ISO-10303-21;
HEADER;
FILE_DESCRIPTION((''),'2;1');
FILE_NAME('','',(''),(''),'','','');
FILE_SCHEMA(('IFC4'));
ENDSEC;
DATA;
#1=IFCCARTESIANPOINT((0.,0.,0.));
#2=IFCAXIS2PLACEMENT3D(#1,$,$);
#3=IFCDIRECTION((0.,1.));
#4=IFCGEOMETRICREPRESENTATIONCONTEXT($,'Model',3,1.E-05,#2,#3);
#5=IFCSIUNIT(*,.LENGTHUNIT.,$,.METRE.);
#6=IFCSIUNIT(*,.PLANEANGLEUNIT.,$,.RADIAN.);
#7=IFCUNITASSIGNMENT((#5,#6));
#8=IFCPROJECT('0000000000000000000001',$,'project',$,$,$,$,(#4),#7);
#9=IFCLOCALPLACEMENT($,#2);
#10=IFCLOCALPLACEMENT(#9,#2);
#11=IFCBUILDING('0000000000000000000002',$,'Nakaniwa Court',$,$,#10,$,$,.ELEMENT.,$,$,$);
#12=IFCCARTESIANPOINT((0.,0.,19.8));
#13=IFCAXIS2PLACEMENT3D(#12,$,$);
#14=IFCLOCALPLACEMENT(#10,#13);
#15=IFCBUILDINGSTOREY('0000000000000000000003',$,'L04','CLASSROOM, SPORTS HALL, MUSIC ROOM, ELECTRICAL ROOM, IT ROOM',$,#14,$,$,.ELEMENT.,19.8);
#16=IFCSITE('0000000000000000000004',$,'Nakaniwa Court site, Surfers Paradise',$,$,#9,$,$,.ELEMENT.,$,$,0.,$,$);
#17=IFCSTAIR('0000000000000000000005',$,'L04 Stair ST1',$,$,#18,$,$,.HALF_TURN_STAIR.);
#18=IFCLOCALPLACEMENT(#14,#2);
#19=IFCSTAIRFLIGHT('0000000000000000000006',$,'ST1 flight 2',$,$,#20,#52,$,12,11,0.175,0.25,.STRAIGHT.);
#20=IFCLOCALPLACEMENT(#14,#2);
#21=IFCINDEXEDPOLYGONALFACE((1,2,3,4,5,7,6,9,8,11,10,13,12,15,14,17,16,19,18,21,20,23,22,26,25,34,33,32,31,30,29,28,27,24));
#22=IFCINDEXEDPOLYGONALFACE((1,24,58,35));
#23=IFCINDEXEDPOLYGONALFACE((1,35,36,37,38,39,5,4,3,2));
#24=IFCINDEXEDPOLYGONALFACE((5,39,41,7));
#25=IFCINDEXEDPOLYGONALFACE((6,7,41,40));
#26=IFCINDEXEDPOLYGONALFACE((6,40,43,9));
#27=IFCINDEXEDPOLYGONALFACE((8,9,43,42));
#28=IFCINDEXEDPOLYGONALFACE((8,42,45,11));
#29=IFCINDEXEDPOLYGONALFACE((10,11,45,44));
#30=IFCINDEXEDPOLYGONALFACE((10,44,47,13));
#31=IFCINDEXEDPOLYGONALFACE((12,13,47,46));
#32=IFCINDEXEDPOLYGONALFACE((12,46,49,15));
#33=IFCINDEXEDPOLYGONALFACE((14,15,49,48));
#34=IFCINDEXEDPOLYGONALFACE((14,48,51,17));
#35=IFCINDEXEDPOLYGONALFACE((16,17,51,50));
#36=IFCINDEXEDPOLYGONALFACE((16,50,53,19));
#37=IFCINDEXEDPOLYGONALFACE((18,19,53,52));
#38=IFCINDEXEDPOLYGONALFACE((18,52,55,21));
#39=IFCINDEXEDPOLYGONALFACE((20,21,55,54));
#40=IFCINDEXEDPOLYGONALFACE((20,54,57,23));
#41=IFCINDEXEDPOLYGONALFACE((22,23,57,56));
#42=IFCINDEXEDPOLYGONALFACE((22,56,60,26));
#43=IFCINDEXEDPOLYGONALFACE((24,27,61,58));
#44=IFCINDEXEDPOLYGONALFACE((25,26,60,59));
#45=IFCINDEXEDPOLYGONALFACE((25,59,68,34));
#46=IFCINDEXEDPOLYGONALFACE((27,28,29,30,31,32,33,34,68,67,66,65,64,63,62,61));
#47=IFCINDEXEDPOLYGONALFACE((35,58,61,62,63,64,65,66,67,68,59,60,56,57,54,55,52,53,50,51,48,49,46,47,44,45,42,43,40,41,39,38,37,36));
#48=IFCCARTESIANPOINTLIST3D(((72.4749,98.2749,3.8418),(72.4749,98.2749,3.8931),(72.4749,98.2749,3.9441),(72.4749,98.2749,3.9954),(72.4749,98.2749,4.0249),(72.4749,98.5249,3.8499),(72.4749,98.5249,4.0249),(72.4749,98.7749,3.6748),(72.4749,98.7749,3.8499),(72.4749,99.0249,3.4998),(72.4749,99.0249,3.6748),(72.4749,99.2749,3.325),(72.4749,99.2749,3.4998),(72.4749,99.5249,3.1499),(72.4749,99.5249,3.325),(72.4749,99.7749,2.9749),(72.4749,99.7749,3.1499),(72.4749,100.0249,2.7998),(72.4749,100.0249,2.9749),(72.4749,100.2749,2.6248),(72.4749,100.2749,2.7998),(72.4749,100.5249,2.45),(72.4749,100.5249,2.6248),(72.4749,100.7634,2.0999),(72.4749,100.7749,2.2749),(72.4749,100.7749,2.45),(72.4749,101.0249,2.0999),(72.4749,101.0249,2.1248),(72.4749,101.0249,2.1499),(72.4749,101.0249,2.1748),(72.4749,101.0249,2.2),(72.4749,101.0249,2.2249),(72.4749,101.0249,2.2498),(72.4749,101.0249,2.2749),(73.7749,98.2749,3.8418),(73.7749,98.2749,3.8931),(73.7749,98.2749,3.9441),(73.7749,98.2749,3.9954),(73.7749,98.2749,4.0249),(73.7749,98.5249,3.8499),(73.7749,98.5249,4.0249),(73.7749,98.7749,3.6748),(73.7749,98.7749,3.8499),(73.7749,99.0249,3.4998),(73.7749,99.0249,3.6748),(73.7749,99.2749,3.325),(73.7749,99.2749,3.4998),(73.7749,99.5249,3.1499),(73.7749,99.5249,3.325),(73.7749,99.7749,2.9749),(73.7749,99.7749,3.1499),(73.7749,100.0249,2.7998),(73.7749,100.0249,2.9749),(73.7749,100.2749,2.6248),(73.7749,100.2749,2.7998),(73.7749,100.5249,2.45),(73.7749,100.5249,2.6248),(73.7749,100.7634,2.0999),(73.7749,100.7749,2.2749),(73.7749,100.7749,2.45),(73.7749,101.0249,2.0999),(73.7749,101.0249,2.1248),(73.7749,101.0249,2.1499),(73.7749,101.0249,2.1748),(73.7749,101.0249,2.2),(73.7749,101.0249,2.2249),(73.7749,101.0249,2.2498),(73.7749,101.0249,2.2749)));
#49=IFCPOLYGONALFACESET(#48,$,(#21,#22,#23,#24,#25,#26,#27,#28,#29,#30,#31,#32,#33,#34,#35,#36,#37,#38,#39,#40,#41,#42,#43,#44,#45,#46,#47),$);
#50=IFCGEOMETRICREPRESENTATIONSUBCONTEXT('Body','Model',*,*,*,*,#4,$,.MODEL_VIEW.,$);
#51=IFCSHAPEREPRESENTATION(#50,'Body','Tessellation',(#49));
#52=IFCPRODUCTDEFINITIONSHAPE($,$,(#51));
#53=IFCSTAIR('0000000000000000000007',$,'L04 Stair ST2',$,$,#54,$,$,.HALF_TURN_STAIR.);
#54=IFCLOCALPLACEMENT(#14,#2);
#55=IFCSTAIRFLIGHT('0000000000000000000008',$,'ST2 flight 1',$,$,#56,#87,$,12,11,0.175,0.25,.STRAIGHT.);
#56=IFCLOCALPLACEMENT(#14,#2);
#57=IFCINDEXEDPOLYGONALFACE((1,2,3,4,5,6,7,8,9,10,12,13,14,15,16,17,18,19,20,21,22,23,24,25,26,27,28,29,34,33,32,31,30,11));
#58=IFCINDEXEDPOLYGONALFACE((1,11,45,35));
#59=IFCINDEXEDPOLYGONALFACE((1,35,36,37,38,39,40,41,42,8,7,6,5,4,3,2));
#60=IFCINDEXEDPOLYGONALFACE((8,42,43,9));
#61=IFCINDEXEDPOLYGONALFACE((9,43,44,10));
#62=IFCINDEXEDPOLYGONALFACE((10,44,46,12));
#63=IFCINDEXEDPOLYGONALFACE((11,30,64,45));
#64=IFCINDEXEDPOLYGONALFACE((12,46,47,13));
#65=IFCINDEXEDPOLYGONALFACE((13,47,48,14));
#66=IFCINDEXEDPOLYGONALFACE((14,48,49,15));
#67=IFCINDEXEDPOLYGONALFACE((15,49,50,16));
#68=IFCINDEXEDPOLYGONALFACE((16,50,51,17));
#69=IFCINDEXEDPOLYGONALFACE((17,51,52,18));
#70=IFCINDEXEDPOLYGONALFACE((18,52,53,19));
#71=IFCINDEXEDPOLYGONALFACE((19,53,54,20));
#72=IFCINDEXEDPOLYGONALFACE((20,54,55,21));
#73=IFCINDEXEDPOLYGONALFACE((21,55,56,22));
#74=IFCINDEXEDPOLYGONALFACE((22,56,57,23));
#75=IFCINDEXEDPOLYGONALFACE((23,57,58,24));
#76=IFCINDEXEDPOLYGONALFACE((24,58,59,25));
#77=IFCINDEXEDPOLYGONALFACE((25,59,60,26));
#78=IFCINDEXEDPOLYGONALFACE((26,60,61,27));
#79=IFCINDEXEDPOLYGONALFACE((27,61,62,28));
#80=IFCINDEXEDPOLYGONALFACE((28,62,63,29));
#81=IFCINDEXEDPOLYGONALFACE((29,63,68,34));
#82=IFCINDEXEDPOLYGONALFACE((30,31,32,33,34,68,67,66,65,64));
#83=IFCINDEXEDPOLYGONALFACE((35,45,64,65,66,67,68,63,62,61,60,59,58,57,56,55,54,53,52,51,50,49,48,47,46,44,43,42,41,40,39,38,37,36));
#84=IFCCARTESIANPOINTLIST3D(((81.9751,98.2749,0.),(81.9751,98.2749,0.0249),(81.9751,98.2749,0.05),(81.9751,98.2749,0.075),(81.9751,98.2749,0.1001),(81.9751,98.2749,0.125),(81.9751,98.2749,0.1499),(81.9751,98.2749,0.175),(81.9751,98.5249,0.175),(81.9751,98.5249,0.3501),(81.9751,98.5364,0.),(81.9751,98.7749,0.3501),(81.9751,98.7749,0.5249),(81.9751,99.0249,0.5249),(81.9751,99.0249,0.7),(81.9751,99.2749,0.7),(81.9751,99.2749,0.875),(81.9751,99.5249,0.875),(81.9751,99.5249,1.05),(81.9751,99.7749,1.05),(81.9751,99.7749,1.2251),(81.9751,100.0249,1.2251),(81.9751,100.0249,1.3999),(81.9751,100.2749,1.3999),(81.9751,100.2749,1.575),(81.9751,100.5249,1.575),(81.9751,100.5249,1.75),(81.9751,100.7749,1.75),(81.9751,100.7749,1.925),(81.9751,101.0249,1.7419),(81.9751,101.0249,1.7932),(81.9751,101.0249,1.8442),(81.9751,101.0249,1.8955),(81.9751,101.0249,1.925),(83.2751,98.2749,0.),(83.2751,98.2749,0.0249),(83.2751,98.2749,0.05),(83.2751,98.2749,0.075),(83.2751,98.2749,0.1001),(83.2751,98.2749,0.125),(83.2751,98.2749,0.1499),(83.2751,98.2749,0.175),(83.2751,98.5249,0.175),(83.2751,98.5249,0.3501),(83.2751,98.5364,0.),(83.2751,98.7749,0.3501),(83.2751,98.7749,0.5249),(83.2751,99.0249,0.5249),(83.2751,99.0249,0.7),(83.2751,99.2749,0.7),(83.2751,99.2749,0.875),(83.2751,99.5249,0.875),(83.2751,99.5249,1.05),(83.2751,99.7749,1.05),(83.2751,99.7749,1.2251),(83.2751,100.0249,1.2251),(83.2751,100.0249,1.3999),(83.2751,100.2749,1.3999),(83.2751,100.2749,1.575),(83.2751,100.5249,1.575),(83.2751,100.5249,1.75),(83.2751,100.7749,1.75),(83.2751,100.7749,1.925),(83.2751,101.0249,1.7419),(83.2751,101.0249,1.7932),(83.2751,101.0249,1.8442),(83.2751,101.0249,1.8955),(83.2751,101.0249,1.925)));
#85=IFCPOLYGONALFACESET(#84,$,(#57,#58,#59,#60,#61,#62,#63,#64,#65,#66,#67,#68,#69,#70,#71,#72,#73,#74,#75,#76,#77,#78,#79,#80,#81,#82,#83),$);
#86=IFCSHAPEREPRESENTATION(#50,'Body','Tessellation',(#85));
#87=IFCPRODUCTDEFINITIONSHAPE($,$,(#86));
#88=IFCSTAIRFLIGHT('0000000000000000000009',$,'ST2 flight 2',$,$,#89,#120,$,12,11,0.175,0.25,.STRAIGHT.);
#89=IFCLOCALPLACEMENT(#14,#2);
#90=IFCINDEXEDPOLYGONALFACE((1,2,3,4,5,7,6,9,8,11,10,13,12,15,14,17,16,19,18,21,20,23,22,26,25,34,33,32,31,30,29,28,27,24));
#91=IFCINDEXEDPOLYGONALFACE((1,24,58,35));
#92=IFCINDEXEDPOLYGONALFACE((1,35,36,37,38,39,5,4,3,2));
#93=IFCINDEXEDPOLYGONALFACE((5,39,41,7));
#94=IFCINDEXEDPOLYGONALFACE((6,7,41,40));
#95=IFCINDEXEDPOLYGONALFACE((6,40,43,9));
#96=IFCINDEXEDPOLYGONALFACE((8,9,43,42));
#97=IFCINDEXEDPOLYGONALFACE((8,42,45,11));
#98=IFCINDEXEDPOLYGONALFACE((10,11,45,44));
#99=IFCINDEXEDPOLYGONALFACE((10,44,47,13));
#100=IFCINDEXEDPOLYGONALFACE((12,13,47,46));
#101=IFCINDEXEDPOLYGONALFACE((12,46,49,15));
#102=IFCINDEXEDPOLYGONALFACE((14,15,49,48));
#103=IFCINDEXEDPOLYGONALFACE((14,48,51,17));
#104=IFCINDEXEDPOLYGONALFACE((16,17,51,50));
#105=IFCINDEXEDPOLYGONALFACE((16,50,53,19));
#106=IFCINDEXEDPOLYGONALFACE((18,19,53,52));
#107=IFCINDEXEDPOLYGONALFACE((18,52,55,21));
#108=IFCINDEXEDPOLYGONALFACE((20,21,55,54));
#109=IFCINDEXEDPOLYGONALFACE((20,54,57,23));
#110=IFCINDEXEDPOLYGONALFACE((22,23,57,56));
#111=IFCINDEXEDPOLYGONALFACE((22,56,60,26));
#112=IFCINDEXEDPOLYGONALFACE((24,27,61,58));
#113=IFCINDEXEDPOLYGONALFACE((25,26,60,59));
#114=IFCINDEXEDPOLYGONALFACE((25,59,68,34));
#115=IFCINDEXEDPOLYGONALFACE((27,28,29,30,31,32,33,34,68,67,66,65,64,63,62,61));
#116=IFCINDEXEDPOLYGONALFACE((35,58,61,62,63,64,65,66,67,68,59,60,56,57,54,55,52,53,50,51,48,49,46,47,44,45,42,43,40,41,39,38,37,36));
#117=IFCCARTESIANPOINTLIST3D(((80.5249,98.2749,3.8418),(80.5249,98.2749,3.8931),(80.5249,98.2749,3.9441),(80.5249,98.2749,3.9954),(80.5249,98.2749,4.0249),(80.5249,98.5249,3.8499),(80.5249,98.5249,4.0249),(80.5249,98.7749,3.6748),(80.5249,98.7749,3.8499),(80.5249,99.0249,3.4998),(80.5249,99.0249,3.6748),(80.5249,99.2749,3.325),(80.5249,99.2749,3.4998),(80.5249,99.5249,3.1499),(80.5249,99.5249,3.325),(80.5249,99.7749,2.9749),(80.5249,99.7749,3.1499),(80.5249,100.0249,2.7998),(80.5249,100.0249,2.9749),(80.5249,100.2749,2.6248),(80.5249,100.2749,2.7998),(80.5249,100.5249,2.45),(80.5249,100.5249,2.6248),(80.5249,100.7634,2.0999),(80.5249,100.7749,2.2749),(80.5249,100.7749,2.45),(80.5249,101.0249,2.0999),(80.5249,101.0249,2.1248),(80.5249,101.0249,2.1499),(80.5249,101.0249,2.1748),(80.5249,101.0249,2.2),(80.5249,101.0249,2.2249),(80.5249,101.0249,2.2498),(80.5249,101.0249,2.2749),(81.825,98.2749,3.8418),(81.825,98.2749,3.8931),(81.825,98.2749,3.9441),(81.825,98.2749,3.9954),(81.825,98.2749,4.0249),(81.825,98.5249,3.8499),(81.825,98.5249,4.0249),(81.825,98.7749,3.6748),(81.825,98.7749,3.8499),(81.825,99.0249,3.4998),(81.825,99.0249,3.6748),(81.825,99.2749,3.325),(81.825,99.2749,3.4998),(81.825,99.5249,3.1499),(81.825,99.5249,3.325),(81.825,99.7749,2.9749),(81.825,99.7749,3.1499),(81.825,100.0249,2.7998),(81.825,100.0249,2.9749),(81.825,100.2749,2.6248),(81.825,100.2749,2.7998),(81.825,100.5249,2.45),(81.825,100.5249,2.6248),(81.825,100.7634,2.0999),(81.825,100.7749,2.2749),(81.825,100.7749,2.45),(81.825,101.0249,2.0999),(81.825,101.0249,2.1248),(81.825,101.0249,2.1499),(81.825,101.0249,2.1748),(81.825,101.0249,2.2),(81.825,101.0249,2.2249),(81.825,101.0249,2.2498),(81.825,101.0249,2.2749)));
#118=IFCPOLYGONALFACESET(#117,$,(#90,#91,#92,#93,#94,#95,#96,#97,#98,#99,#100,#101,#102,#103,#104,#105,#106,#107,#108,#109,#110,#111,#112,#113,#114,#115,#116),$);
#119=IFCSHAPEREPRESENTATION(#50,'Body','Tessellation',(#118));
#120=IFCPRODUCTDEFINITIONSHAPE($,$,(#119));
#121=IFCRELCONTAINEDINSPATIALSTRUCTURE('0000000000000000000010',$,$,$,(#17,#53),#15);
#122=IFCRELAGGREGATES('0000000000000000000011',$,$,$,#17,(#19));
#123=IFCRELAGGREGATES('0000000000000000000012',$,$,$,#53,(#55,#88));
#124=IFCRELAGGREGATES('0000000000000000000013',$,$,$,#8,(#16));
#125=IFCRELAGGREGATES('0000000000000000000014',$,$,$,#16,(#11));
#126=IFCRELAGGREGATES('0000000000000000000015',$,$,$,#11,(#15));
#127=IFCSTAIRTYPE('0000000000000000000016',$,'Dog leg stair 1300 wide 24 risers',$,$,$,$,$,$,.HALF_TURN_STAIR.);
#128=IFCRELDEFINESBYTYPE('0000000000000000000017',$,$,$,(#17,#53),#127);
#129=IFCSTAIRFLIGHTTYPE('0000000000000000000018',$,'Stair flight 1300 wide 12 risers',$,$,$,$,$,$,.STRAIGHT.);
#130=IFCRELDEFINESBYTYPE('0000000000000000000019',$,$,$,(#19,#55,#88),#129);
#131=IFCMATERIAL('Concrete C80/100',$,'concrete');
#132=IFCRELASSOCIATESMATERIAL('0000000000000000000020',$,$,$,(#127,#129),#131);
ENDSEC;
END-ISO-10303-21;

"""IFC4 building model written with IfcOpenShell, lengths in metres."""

from ifc_helpers import new_model, si_unit, direction, frame, origin, place, context, subcontext, project, spatial, polyline, outline, extrude, material, type_object, element, aggregate, save


model = new_model("IFC4")

# Units and contexts
model_context = context("Model", 3, precision=1e-05, world=origin(), true_north=direction((0.0, 1.0)))
body_context = subcontext(model_context, "Body", "Model", "MODEL_VIEW")
ifc_project = project(units=[si_unit("LENGTHUNIT", "METRE"), si_unit("PLANEANGLEUNIT", "RADIAN")], contexts=[model_context])

# Site, building, storey
site_placement = place(None, origin())
site = spatial("IfcSite", under=ifc_project, at=site_placement, Name="Nakaniwa Court site, Surfers Paradise", CompositionType="ELEMENT", RefElevation=0.0)
building_placement = place(site_placement, origin())
building = spatial("IfcBuilding", under=site, at=building_placement, Name="Nakaniwa Court", CompositionType="ELEMENT")
storey_placement = place(building_placement, frame((0.0, 0.0, 19.8)))
storey = spatial("IfcBuildingStorey", under=building, at=storey_placement, Name="L04", Description="CLASSROOM, SPORTS HALL, MUSIC ROOM, ELECTRICAL ROOM, IT ROOM", CompositionType="ELEMENT", Elevation=19.8)

# Stairs, stair flights
ifc_material_1 = material(Name="Concrete C80/100", Category="concrete")
stair_type = type_object("IfcStairType", Name="Dog leg stair 1300 wide 24 risers", PredefinedType="HALF_TURN_STAIR", material=ifc_material_1)
stair_1_placement = place(storey_placement, origin())
stair_1 = element("IfcStair", 1, at=stair_1_placement, inside=storey, type_object=stair_type, Name="L04 Stair ST1", PredefinedType="HALF_TURN_STAIR")
stair_flight_type = type_object("IfcStairFlightType", Name="Stair flight 1300 wide 12 risers", PredefinedType="STRAIGHT", material=ifc_material_1)
stair_flight_1_placement = place(storey_placement, frame((73.125, 101.0249, 2.0999), z_axis=(0.0, 0.0, 1.0), x_axis=(0.0, -1.0, 0.0)))
stair_flight_1 = element("IfcStairFlight", 2, at=stair_flight_1_placement, type_object=stair_flight_type, Name="ST1 flight 2", NumberOfRisers=12, NumberOfTreads=11, PredefinedType="STRAIGHT", RiserHeight=0.175, TreadLength=0.25, context=body_context, shape_type="SweptSolid", body=[
    extrude(outline(polyline([(0.0, 0.0), (0.0, 0.0249), (0.0, 0.05), (0.0, 0.075), (0.0, 0.1001), (0.0, 0.125), (0.0, 0.1499), (0.0, 0.175), (0.25, 0.175), (0.25, 0.3501), (0.5, 0.3501), (0.5, 0.5249), (0.75, 0.5249), (0.75, 0.7), (1.0, 0.7), (1.0, 0.875), (1.25, 0.875), (1.25, 1.05), (1.5, 1.05), (1.5, 1.2251), (1.75, 1.2251), (1.75, 1.3999), (2.0, 1.3999), (2.0, 1.575), (2.25, 1.575), (2.25, 1.75), (2.5, 1.75), (2.5, 1.925), (2.75, 1.925), (2.75, 2.1001), (2.75, 2.0488), (2.75, 1.9978), (2.75, 1.9465), (2.75, 1.8955), (2.75, 1.8442), (2.75, 1.7932), (2.75, 1.7419), (0.2615, 0.0), (0.0, 0.0)])), frame((0.0, 0.6499, 0.0), z_axis=(0.0, -1.0, 0.0), x_axis=(1.0, 0.0, 0.0)), (0.0, 0.0, 1.0), 1.3),
])
aggregate(stair_1, [stair_flight_1])
stair_2_placement = place(storey_placement, origin())
stair_2 = element("IfcStair", 3, at=stair_2_placement, inside=storey, type_object=stair_type, Name="L04 Stair ST2", PredefinedType="HALF_TURN_STAIR")
stair_flight_2_placement = place(storey_placement, frame((82.625, 98.2749, 0.0), z_axis=(0.0, 0.0, 1.0), x_axis=(0.0, 1.0, 0.0)))
stair_flight_2 = element("IfcStairFlight", 4, at=stair_flight_2_placement, type_object=stair_flight_type, Name="ST2 flight 1", NumberOfRisers=12, NumberOfTreads=11, PredefinedType="STRAIGHT", RiserHeight=0.175, TreadLength=0.25, context=body_context, shape_type="SweptSolid", body=[
    extrude(outline(polyline([(0.0, 0.0), (0.0, 0.0249), (0.0, 0.05), (0.0, 0.075), (0.0, 0.1001), (0.0, 0.125), (0.0, 0.1499), (0.0, 0.175), (0.25, 0.175), (0.25, 0.3501), (0.5, 0.3501), (0.5, 0.5249), (0.75, 0.5249), (0.75, 0.7), (1.0, 0.7), (1.0, 0.875), (1.25, 0.875), (1.25, 1.05), (1.5, 1.05), (1.5, 1.2251), (1.75, 1.2251), (1.75, 1.3999), (2.0, 1.3999), (2.0, 1.575), (2.25, 1.575), (2.25, 1.75), (2.5, 1.75), (2.5, 1.925), (2.75, 1.925), (2.75, 2.1001), (2.75, 2.0488), (2.75, 1.9978), (2.75, 1.9465), (2.75, 1.8955), (2.75, 1.8442), (2.75, 1.7932), (2.75, 1.7419), (0.2615, 0.0), (0.0, 0.0)])), frame((0.0, 0.6499, 0.0), z_axis=(0.0, -1.0, 0.0), x_axis=(1.0, 0.0, 0.0)), (0.0, 0.0, 1.0), 1.3),
])
stair_flight_3_placement = place(storey_placement, frame((81.175, 101.0249, 2.0999), z_axis=(0.0, 0.0, 1.0), x_axis=(0.0, -1.0, 0.0)))
stair_flight_3 = element("IfcStairFlight", 5, at=stair_flight_3_placement, type_object=stair_flight_type, Name="ST2 flight 2", NumberOfRisers=12, NumberOfTreads=11, PredefinedType="STRAIGHT", RiserHeight=0.175, TreadLength=0.25, context=body_context, shape_type="SweptSolid", body=[
    extrude(outline(polyline([(0.0, 0.0), (0.0, 0.0249), (0.0, 0.05), (0.0, 0.075), (0.0, 0.1001), (0.0, 0.125), (0.0, 0.1499), (0.0, 0.175), (0.25, 0.175), (0.25, 0.3501), (0.5, 0.3501), (0.5, 0.5249), (0.75, 0.5249), (0.75, 0.7), (1.0, 0.7), (1.0, 0.875), (1.25, 0.875), (1.25, 1.05), (1.5, 1.05), (1.5, 1.2251), (1.75, 1.2251), (1.75, 1.3999), (2.0, 1.3999), (2.0, 1.575), (2.25, 1.575), (2.25, 1.75), (2.5, 1.75), (2.5, 1.925), (2.75, 1.925), (2.75, 2.1001), (2.75, 2.0488), (2.75, 1.9978), (2.75, 1.9465), (2.75, 1.8955), (2.75, 1.8442), (2.75, 1.7932), (2.75, 1.7419), (0.2615, 0.0), (0.0, 0.0)])), frame((0.0, 0.6499, 0.0), z_axis=(0.0, -1.0, 0.0), x_axis=(1.0, 0.0, 0.0)), (0.0, 0.0, 1.0), 1.3),
])
aggregate(stair_2, [stair_flight_2, stair_flight_3])

save(model, "model.ifc")
